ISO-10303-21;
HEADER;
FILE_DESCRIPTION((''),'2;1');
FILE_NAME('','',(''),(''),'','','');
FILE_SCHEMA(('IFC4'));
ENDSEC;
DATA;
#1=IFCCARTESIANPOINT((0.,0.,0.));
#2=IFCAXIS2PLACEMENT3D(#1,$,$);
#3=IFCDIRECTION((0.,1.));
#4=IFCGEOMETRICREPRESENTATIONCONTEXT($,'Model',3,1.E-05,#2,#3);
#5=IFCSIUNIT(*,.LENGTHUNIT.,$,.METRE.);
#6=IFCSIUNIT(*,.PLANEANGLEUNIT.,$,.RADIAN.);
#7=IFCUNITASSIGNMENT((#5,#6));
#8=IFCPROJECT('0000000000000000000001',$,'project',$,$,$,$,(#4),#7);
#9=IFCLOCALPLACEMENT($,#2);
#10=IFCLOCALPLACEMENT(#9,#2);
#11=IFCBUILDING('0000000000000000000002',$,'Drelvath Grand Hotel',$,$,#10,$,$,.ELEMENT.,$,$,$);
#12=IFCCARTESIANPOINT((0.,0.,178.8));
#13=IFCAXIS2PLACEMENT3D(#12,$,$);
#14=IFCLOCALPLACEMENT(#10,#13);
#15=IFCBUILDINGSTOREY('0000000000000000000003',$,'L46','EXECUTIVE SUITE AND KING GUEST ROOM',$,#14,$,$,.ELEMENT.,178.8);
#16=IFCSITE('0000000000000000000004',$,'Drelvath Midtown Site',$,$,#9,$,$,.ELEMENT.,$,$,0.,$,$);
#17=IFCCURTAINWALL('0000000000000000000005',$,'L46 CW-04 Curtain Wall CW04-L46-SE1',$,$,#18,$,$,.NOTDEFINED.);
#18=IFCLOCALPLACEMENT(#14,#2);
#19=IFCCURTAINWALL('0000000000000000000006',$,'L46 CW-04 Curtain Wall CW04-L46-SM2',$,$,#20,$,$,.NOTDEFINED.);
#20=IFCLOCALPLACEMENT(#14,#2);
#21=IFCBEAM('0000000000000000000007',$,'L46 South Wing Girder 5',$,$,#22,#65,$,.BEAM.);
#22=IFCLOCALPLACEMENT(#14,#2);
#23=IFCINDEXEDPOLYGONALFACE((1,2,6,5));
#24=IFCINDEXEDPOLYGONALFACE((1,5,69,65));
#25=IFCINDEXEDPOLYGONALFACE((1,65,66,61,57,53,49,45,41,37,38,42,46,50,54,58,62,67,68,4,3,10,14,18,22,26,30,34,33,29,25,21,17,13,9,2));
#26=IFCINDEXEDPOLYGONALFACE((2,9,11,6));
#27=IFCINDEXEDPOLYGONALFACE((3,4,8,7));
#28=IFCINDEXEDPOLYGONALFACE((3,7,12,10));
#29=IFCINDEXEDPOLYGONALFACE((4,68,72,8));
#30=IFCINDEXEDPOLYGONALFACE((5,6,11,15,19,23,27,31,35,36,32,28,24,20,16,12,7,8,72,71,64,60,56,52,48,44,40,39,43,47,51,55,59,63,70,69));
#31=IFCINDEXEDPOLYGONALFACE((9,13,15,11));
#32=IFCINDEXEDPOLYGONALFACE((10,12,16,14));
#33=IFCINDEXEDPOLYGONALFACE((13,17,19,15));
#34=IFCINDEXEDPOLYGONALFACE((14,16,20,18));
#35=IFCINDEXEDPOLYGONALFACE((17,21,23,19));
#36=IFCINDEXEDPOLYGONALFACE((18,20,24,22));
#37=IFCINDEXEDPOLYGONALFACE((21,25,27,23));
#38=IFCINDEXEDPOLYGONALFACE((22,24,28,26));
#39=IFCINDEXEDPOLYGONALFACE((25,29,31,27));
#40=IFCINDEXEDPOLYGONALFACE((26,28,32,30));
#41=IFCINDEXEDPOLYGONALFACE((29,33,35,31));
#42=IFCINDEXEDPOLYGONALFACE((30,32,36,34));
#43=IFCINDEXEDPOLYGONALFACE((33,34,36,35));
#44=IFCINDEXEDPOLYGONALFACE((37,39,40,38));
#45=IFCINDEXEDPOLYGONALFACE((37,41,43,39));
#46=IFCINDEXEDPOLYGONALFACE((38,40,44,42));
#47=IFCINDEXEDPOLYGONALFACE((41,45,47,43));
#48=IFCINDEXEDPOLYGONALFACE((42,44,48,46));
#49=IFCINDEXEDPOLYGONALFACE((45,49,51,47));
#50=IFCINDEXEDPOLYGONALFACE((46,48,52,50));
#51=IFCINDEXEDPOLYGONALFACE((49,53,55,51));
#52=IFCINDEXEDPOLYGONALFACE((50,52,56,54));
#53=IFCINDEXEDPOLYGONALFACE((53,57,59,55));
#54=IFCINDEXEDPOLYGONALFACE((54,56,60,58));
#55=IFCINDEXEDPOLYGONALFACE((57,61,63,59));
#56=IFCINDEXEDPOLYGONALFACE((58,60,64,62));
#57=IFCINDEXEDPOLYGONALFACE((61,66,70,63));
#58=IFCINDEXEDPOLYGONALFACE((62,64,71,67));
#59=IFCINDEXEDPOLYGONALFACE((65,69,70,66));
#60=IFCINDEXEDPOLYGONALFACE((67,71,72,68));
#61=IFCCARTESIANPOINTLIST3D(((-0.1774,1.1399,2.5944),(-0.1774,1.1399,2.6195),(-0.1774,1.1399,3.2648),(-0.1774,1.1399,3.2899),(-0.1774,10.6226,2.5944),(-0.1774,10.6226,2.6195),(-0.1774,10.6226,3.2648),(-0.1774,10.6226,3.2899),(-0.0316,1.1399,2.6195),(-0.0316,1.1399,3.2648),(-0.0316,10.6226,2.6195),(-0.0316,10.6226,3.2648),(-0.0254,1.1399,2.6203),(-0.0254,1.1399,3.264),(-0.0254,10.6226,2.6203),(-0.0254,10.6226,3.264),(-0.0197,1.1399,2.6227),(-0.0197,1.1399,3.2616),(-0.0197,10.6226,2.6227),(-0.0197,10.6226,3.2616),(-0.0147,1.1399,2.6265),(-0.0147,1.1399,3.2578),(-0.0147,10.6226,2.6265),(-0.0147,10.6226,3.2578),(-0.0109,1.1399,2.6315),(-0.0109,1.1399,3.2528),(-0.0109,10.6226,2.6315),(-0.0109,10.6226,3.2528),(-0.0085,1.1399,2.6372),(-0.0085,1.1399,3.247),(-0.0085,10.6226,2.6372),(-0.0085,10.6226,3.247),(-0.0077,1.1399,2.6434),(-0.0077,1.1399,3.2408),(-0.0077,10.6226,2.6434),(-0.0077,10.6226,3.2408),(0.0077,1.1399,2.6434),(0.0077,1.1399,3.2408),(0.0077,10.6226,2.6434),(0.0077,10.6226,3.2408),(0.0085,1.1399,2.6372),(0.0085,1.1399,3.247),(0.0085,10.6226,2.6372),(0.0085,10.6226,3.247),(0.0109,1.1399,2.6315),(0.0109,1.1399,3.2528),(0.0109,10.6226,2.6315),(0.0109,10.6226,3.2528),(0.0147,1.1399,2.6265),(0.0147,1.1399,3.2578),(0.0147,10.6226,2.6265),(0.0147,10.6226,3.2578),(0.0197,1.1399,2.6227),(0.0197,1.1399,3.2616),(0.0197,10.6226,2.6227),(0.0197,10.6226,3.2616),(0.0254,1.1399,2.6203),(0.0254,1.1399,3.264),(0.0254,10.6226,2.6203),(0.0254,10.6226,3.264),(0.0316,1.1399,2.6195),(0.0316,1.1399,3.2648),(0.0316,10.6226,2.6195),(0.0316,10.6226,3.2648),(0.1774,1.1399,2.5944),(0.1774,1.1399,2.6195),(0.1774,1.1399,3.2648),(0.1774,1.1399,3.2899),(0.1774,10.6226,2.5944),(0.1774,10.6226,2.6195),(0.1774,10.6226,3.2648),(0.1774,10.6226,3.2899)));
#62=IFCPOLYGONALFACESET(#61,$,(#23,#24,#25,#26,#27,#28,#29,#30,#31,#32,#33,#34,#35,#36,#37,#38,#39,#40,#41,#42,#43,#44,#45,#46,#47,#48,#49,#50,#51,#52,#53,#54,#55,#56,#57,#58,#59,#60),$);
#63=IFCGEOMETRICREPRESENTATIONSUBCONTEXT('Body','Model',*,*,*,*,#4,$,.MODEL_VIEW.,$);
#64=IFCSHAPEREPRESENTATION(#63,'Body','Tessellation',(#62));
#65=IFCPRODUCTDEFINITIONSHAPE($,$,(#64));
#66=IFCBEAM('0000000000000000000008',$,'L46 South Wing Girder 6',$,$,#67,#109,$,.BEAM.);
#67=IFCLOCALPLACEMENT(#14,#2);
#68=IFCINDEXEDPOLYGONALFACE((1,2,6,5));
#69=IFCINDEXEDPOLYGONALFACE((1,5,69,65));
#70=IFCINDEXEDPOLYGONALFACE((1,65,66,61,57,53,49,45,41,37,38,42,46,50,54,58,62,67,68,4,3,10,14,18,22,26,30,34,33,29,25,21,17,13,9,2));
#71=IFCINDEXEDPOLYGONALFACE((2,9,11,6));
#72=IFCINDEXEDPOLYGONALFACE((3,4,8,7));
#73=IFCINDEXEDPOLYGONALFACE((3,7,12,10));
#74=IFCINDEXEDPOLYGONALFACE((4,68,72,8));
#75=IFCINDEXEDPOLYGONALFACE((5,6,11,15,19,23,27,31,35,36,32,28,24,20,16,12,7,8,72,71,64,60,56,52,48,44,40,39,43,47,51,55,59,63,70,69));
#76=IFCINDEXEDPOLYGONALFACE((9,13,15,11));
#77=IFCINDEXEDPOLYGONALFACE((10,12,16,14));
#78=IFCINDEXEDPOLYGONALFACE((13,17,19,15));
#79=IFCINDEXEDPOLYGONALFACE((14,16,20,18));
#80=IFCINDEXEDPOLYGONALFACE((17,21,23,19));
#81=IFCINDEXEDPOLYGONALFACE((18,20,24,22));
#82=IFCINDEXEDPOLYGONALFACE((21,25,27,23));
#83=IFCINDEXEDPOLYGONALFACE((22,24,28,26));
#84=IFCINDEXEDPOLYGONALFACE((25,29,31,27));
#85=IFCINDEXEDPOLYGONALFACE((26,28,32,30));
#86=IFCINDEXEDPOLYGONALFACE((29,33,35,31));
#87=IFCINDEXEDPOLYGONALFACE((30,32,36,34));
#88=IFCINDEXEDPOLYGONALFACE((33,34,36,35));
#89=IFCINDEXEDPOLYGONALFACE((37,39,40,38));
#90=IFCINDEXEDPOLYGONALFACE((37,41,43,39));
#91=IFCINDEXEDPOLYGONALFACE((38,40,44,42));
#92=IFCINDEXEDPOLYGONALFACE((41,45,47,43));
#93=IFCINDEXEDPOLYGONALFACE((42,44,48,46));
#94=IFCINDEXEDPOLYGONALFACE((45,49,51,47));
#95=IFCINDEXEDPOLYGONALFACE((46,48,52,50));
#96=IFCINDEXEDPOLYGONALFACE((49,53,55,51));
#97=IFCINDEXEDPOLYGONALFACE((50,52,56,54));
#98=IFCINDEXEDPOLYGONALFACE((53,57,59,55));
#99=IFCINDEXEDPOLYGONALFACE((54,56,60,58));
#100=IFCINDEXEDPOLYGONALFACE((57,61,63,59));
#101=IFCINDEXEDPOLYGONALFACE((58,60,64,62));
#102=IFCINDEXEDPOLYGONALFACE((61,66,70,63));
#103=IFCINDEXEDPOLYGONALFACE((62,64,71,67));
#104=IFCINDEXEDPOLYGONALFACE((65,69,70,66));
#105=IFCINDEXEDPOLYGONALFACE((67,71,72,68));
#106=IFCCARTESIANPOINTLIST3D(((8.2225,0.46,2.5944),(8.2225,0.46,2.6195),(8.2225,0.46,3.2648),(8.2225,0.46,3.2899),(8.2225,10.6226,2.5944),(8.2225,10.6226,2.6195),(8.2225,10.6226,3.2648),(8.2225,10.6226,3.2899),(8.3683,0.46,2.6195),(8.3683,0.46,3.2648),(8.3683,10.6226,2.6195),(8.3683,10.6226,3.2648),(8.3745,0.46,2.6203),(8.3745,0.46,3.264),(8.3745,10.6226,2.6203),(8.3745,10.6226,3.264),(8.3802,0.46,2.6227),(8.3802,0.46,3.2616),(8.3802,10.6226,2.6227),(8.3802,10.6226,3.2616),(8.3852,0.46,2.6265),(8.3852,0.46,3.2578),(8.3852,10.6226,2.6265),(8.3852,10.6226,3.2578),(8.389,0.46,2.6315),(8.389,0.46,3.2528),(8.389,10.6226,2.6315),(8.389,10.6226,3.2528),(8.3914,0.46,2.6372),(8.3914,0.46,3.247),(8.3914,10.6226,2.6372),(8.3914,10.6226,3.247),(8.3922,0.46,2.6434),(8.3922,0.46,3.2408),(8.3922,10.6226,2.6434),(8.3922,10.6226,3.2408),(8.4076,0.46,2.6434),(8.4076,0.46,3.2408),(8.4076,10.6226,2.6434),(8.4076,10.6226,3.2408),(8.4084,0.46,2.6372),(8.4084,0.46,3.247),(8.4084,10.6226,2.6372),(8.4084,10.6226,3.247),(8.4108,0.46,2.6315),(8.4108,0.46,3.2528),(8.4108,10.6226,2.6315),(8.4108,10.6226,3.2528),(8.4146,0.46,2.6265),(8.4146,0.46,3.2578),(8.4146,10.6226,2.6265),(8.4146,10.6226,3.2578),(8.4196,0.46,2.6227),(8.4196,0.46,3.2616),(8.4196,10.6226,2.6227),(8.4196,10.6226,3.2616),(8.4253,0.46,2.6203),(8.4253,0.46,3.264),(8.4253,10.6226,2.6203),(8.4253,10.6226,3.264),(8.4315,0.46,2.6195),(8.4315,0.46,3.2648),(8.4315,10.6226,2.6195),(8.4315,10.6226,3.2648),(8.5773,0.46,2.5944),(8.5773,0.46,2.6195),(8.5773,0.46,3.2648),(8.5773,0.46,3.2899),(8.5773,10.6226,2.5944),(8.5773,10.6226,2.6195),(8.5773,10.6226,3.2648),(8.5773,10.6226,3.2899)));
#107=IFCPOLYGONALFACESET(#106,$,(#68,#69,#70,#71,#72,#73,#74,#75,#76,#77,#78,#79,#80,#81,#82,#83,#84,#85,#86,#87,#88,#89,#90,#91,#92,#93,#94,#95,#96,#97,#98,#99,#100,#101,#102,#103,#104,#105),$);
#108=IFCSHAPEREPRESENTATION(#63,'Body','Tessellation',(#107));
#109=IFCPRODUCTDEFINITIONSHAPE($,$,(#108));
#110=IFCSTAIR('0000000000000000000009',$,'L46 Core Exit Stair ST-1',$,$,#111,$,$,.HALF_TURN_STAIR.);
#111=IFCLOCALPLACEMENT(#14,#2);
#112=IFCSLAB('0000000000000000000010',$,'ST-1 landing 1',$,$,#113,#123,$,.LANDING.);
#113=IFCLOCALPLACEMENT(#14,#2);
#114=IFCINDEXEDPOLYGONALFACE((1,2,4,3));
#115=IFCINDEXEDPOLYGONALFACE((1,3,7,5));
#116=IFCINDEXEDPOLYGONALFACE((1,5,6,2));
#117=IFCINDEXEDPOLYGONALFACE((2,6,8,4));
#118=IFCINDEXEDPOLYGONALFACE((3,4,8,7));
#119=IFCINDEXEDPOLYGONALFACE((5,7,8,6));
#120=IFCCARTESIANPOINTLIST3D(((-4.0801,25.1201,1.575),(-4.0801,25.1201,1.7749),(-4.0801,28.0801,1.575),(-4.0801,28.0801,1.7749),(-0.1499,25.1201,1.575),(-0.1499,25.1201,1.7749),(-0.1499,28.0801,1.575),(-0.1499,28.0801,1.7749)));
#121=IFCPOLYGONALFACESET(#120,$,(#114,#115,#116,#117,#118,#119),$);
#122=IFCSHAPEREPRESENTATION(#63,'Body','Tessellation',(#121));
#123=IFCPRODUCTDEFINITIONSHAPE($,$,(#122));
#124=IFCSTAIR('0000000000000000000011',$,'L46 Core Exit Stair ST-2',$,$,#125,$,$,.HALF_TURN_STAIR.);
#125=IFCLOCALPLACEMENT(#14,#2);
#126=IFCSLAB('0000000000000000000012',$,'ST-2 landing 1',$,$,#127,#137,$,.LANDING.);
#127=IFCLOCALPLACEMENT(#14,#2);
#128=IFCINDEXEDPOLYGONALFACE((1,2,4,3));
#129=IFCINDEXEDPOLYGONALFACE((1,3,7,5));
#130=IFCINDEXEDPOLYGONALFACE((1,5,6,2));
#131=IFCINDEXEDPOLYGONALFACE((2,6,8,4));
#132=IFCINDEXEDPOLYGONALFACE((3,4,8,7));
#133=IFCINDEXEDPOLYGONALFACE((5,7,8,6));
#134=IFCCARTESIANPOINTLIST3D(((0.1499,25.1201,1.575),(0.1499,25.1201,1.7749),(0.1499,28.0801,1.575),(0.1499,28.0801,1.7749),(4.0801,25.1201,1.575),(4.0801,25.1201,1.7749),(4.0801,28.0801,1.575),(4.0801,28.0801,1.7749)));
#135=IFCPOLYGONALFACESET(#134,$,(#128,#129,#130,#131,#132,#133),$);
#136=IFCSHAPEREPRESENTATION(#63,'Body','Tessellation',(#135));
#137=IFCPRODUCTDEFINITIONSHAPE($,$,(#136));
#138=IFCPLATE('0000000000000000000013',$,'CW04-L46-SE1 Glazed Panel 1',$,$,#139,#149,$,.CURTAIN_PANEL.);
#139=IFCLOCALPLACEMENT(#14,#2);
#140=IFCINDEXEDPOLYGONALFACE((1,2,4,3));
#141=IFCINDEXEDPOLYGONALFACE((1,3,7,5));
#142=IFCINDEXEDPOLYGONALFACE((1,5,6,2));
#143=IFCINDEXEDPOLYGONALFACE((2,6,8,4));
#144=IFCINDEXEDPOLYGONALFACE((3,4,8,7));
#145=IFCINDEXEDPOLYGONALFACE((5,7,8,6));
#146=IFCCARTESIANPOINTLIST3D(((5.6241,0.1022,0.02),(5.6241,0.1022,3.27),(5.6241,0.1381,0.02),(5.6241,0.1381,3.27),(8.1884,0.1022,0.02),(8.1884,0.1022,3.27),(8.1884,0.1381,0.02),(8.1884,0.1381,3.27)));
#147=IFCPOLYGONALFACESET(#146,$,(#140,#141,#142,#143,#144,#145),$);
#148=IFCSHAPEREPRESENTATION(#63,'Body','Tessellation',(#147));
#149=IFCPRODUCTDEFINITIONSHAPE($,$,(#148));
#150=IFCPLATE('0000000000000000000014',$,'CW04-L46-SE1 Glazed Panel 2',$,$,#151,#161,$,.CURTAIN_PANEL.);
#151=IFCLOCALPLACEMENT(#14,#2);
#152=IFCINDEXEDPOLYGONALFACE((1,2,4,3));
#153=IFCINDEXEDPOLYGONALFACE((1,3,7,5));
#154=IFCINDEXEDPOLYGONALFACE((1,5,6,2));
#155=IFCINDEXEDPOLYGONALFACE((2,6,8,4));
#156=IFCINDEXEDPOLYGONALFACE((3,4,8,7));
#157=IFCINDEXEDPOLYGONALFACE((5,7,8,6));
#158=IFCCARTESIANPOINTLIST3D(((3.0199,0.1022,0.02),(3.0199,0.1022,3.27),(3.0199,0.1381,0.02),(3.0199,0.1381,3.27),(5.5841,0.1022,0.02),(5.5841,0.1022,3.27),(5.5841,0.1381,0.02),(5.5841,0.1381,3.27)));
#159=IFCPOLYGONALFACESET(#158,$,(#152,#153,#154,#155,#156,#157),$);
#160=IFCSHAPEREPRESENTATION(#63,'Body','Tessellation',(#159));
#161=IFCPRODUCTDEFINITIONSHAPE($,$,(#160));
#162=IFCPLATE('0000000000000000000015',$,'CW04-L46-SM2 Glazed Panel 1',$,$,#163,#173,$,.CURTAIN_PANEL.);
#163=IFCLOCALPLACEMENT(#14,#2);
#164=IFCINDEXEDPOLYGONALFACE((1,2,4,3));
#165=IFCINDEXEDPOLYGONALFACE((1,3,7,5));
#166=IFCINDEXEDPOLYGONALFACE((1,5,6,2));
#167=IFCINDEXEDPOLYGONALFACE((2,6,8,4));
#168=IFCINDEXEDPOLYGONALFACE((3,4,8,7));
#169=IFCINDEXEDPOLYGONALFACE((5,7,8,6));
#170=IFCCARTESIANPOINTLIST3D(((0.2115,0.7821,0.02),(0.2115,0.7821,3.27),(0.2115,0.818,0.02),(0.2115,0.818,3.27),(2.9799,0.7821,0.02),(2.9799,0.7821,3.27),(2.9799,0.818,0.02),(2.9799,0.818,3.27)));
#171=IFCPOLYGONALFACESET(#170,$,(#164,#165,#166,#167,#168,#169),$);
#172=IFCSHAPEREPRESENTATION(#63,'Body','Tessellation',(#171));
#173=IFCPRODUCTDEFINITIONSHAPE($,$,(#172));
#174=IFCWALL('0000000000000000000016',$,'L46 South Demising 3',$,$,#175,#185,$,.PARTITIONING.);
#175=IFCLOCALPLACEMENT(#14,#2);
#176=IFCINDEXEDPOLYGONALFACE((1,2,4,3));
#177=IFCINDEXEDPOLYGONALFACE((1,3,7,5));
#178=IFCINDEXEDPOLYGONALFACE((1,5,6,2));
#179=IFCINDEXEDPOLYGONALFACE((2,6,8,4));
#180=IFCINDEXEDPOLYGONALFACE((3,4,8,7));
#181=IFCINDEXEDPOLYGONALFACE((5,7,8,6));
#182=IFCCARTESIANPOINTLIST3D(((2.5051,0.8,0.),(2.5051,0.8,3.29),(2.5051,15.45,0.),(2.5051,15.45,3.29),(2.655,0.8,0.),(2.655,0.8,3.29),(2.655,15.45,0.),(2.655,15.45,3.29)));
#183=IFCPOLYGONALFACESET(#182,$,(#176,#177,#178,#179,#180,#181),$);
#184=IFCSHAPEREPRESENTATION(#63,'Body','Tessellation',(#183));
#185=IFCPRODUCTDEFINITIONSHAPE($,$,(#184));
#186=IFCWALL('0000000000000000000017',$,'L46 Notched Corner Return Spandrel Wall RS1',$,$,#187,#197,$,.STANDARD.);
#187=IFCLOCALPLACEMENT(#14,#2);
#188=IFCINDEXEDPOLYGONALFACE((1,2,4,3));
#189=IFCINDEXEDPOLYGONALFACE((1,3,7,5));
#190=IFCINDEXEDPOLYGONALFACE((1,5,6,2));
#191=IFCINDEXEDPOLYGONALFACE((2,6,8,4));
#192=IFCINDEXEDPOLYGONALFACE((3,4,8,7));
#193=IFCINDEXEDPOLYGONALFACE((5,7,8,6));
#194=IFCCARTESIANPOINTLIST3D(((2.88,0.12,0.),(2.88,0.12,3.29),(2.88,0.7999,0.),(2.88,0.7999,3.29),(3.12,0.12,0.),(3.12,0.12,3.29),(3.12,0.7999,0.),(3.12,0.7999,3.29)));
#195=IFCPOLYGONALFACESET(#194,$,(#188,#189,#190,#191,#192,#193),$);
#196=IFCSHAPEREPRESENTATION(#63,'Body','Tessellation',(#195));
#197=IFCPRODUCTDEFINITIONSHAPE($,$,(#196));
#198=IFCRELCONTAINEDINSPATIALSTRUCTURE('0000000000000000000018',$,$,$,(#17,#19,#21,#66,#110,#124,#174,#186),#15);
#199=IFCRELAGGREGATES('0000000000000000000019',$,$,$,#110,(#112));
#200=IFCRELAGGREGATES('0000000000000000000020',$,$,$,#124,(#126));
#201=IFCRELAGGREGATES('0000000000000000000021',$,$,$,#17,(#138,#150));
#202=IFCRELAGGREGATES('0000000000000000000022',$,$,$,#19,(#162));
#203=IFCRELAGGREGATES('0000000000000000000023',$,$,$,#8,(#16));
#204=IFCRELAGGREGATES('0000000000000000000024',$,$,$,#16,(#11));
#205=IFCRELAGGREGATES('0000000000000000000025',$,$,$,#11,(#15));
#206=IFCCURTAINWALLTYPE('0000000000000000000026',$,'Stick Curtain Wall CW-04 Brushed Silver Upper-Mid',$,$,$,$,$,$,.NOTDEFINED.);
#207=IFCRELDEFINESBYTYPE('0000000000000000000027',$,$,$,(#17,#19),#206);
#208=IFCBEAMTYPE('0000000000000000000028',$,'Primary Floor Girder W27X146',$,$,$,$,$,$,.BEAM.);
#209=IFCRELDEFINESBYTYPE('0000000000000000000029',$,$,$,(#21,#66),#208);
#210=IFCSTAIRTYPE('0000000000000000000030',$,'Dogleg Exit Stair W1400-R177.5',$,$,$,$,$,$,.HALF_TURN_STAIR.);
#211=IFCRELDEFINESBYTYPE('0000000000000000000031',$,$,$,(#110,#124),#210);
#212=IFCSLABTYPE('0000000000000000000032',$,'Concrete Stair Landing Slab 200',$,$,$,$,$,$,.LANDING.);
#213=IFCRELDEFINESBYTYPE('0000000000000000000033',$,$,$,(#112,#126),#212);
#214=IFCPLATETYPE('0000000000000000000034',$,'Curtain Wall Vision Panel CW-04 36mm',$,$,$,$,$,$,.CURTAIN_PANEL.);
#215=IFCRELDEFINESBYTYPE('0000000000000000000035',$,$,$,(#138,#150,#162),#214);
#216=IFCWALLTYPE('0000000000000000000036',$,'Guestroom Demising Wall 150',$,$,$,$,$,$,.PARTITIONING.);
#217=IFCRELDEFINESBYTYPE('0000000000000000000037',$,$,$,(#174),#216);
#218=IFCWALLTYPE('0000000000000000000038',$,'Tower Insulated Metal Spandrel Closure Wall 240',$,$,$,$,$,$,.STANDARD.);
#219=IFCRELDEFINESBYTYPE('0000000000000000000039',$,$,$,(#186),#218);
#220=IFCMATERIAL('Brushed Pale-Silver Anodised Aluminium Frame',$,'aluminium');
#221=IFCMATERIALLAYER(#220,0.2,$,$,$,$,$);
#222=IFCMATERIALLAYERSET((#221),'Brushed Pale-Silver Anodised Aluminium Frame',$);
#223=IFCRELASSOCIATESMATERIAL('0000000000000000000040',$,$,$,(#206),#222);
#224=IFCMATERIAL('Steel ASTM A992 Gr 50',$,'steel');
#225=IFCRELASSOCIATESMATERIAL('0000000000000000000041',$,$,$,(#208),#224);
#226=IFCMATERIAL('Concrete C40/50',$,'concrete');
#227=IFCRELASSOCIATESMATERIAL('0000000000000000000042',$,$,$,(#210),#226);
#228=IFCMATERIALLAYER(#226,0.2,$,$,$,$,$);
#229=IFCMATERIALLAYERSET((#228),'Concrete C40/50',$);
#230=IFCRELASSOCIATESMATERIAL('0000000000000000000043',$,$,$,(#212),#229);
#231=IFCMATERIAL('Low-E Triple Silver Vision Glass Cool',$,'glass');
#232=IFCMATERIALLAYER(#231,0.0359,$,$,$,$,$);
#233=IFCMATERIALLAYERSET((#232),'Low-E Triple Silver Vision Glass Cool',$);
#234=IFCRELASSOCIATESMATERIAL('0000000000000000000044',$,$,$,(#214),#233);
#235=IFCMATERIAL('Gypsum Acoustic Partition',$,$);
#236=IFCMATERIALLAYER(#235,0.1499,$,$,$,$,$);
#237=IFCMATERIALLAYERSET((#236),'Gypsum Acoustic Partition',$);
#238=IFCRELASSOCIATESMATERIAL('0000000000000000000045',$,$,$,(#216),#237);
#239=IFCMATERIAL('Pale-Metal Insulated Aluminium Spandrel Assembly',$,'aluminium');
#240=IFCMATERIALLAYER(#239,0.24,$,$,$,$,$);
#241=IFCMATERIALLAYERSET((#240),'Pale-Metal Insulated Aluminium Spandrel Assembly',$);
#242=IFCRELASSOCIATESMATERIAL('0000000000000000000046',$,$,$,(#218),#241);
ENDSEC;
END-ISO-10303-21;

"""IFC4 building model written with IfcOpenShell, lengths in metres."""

from ifc_helpers import new_model, si_unit, direction, frame, frame_2d, origin, origin_2d, place, context, subcontext, project, spatial, polyline, rectangle, i_section, outline, extrude, material, layer, layer_set, material_profile, profile_set, type_object, element, aggregate, save


model = new_model("IFC4")

# Units and contexts
model_context = context("Model", 3, precision=1e-05, world=origin(), true_north=direction((0.0, 1.0)))
body_context = subcontext(model_context, "Body", "Model", "MODEL_VIEW")
ifc_project = project(units=[si_unit("LENGTHUNIT", "METRE"), si_unit("PLANEANGLEUNIT", "RADIAN")], contexts=[model_context])

# Site, building, storey
site_placement = place(None, origin())
site = spatial("IfcSite", under=ifc_project, at=site_placement, Name="Drelvath Midtown Site", CompositionType="ELEMENT", RefElevation=0.0)
building_placement = place(site_placement, origin())
building = spatial("IfcBuilding", under=site, at=building_placement, Name="Drelvath Grand Hotel", CompositionType="ELEMENT")
storey_placement = place(building_placement, frame((0.0, 0.0, 178.8)))
storey = spatial("IfcBuildingStorey", under=building, at=storey_placement, Name="L46", Description="EXECUTIVE SUITE AND KING GUEST ROOM", CompositionType="ELEMENT", Elevation=178.8)

# Curtain walls
ifc_material_1 = material(Name="Brushed Pale-Silver Anodised Aluminium Frame", Category="aluminium")
ifc_layer_1 = layer(ifc_material_1, 0.2)
ifc_layer_set_1 = layer_set([ifc_layer_1], Name="Brushed Pale-Silver Anodised Aluminium Frame")
curtain_wall_type = type_object("IfcCurtainWallType", Name="Stick Curtain Wall CW-04 Brushed Silver Upper-Mid", PredefinedType="NOTDEFINED", material=ifc_layer_set_1)
curtain_wall_1_placement = place(storey_placement, origin())
curtain_wall_1 = element("IfcCurtainWall", 1, at=curtain_wall_1_placement, inside=storey, type_object=curtain_wall_type, Name="L46 CW-04 Curtain Wall CW04-L46-SE1", PredefinedType="NOTDEFINED")
curtain_wall_2_placement = place(storey_placement, origin())
curtain_wall_2 = element("IfcCurtainWall", 2, at=curtain_wall_2_placement, inside=storey, type_object=curtain_wall_type, Name="L46 CW-04 Curtain Wall CW04-L46-SM2", PredefinedType="NOTDEFINED")

# Beams
ifc_material_2 = material(Name="Steel ASTM A992 Gr 50", Category="steel")
ifc_material_profile_1 = material_profile(ifc_material_2, i_section(OverallWidth=0.3547, OverallDepth=0.6956, WebThickness=0.0154, FlangeThickness=0.0251, FilletRadius=0.0239, at=origin_2d()), Name="W27X146")
ifc_profile_set_1 = profile_set([ifc_material_profile_1], Name="Steel ASTM A992 Gr 50")
beam_type_1 = type_object("IfcBeamType", Name="Primary Floor Girder W27X146", PredefinedType="BEAM", material=ifc_profile_set_1)
beam_1_placement = place(storey_placement, frame((0.0, 1.1399, 2.9421), z_axis=(0.0, 1.0, 0.0), x_axis=(-1.0, 0.0, 0.0)))
element("IfcBeam", 3, at=beam_1_placement, inside=storey, type_object=beam_type_1, Name="L46 South Wing Girder 5", PredefinedType="BEAM", context=body_context, shape_type="SweptSolid", body=[
    extrude(i_section(OverallWidth=0.3547, OverallDepth=0.6956, WebThickness=0.0154, FlangeThickness=0.0251, FilletRadius=0.0239, at=origin_2d()), origin(), (0.0, 0.0, 1.0), 9.4827),
])
beam_2_placement = place(storey_placement, frame((8.3999, 0.46, 2.9421), z_axis=(0.0, 1.0, 0.0), x_axis=(-1.0, 0.0, 0.0)))
element("IfcBeam", 4, at=beam_2_placement, inside=storey, type_object=beam_type_1, Name="L46 South Wing Girder 6", PredefinedType="BEAM", context=body_context, shape_type="SweptSolid", body=[
    extrude(i_section(OverallWidth=0.3547, OverallDepth=0.6956, WebThickness=0.0154, FlangeThickness=0.0251, FilletRadius=0.0239, at=origin_2d()), origin(), (0.0, 0.0, 1.0), 10.1626),
])

# Stairs, slabs
ifc_material_3 = material(Name="Concrete C40/50", Category="concrete")
stair_type = type_object("IfcStairType", Name="Dogleg Exit Stair W1400-R177.5", PredefinedType="HALF_TURN_STAIR", material=ifc_material_3)
stair_1_placement = place(storey_placement, origin())
stair_1 = element("IfcStair", 5, at=stair_1_placement, inside=storey, type_object=stair_type, Name="L46 Core Exit Stair ST-1", PredefinedType="HALF_TURN_STAIR")
ifc_layer_2 = layer(ifc_material_3, 0.2)
ifc_layer_set_2 = layer_set([ifc_layer_2], Name="Concrete C40/50")
slab_type = type_object("IfcSlabType", Name="Concrete Stair Landing Slab 200", PredefinedType="LANDING", material=ifc_layer_set_2)
slab_1_placement = place(storey_placement, frame((0.0, 0.0, 1.575)))
slab_1 = element("IfcSlab", 6, at=slab_1_placement, type_object=slab_type, Name="ST-1 landing 1", PredefinedType="LANDING", context=body_context, shape_type="SweptSolid", body=[
    extrude(outline(polyline([(-4.0801, 25.1201), (-0.1499, 25.1201), (-0.1499, 28.0801), (-4.0801, 28.0801), (-4.0801, 25.1201)])), origin(), (0.0, 0.0, 1.0), 0.2),
])
aggregate(stair_1, [slab_1])
stair_2_placement = place(storey_placement, origin())
stair_2 = element("IfcStair", 7, at=stair_2_placement, inside=storey, type_object=stair_type, Name="L46 Core Exit Stair ST-2", PredefinedType="HALF_TURN_STAIR")
slab_2_placement = place(storey_placement, frame((0.0, 0.0, 1.575)))
slab_2 = element("IfcSlab", 8, at=slab_2_placement, type_object=slab_type, Name="ST-2 landing 1", PredefinedType="LANDING", context=body_context, shape_type="SweptSolid", body=[
    extrude(outline(polyline([(4.0801, 28.0801), (0.1499, 28.0801), (0.1499, 25.1201), (4.0801, 25.1201), (4.0801, 28.0801)])), origin(), (0.0, 0.0, 1.0), 0.2),
])
aggregate(stair_2, [slab_2])

# Plates
ifc_material_4 = material(Name="Low-E Triple Silver Vision Glass Cool", Category="glass")
ifc_layer_3 = layer(ifc_material_4, 0.0359)
ifc_layer_set_3 = layer_set([ifc_layer_3], Name="Low-E Triple Silver Vision Glass Cool")
plate_type = type_object("IfcPlateType", Name="Curtain Wall Vision Panel CW-04 36mm", PredefinedType="CURTAIN_PANEL", material=ifc_layer_set_3)
plate_1_placement = place(storey_placement, frame((6.9062, 0.1201, 0.02), z_axis=(0.0, 0.0, 1.0), x_axis=(-1.0, 0.0, 0.0)))
plate_1 = element("IfcPlate", 9, at=plate_1_placement, type_object=plate_type, Name="CW04-L46-SE1 Glazed Panel 1", PredefinedType="CURTAIN_PANEL", context=body_context, shape_type="SweptSolid", body=[
    extrude(rectangle(XDim=2.5642, YDim=0.0359, at=origin_2d()), origin(), (0.0, 0.0, 1.0), 3.25),
])
plate_2_placement = place(storey_placement, frame((4.302, 0.1201, 0.02), z_axis=(0.0, 0.0, 1.0), x_axis=(-1.0, 0.0, 0.0)))
plate_2 = element("IfcPlate", 10, at=plate_2_placement, type_object=plate_type, Name="CW04-L46-SE1 Glazed Panel 2", PredefinedType="CURTAIN_PANEL", context=body_context, shape_type="SweptSolid", body=[
    extrude(rectangle(XDim=2.5642, YDim=0.0359, at=origin_2d()), origin(), (0.0, 0.0, 1.0), 3.25),
])
aggregate(curtain_wall_1, [plate_1, plate_2])
plate_3_placement = place(storey_placement, frame((1.5957, 0.8, 0.02), z_axis=(0.0, 0.0, 1.0), x_axis=(-1.0, 0.0, 0.0)))
plate_3 = element("IfcPlate", 11, at=plate_3_placement, type_object=plate_type, Name="CW04-L46-SM2 Glazed Panel 1", PredefinedType="CURTAIN_PANEL", context=body_context, shape_type="SweptSolid", body=[
    extrude(rectangle(XDim=2.7683, YDim=0.0359, at=origin_2d()), origin(), (0.0, 0.0, 1.0), 3.25),
])
aggregate(curtain_wall_2, [plate_3])

# Walls
ifc_material_5 = material(Name="Gypsum Acoustic Partition")
ifc_layer_4 = layer(ifc_material_5, 0.1499)
ifc_layer_set_4 = layer_set([ifc_layer_4], Name="Gypsum Acoustic Partition")
wall_type_1 = type_object("IfcWallType", Name="Guestroom Demising Wall 150", PredefinedType="PARTITIONING", material=ifc_layer_set_4)
wall_1_placement = place(storey_placement, frame((2.5801, 0.8, 0.0), z_axis=(0.0, 0.0, 1.0), x_axis=(0.0, 1.0, 0.0)))
element("IfcWall", 12, at=wall_1_placement, inside=storey, type_object=wall_type_1, Name="L46 South Demising 3", PredefinedType="PARTITIONING", context=body_context, shape_type="SweptSolid", body=[
    extrude(rectangle(XDim=14.6499, YDim=0.1499, at=frame_2d((7.325, 0.0))), origin(), (0.0, 0.0, 1.0), 3.29),
])
ifc_material_6 = material(Name="Pale-Metal Insulated Aluminium Spandrel Assembly", Category="aluminium")
ifc_layer_5 = layer(ifc_material_6, 0.24)
ifc_layer_set_5 = layer_set([ifc_layer_5], Name="Pale-Metal Insulated Aluminium Spandrel Assembly")
wall_type_2 = type_object("IfcWallType", Name="Tower Insulated Metal Spandrel Closure Wall 240", PredefinedType="STANDARD", material=ifc_layer_set_5)
wall_2_placement = place(storey_placement, frame((3.0, 0.1201, 0.0), z_axis=(0.0, 0.0, 1.0), x_axis=(0.0, 1.0, 0.0)))
element("IfcWall", 13, at=wall_2_placement, inside=storey, type_object=wall_type_2, Name="L46 Notched Corner Return Spandrel Wall RS1", PredefinedType="STANDARD", context=body_context, shape_type="SweptSolid", body=[
    extrude(rectangle(XDim=0.6799, YDim=0.24, at=frame_2d((0.3398, 0.0))), origin(), (0.0, 0.0, 1.0), 3.29),
])

save(model, "model.ifc")
